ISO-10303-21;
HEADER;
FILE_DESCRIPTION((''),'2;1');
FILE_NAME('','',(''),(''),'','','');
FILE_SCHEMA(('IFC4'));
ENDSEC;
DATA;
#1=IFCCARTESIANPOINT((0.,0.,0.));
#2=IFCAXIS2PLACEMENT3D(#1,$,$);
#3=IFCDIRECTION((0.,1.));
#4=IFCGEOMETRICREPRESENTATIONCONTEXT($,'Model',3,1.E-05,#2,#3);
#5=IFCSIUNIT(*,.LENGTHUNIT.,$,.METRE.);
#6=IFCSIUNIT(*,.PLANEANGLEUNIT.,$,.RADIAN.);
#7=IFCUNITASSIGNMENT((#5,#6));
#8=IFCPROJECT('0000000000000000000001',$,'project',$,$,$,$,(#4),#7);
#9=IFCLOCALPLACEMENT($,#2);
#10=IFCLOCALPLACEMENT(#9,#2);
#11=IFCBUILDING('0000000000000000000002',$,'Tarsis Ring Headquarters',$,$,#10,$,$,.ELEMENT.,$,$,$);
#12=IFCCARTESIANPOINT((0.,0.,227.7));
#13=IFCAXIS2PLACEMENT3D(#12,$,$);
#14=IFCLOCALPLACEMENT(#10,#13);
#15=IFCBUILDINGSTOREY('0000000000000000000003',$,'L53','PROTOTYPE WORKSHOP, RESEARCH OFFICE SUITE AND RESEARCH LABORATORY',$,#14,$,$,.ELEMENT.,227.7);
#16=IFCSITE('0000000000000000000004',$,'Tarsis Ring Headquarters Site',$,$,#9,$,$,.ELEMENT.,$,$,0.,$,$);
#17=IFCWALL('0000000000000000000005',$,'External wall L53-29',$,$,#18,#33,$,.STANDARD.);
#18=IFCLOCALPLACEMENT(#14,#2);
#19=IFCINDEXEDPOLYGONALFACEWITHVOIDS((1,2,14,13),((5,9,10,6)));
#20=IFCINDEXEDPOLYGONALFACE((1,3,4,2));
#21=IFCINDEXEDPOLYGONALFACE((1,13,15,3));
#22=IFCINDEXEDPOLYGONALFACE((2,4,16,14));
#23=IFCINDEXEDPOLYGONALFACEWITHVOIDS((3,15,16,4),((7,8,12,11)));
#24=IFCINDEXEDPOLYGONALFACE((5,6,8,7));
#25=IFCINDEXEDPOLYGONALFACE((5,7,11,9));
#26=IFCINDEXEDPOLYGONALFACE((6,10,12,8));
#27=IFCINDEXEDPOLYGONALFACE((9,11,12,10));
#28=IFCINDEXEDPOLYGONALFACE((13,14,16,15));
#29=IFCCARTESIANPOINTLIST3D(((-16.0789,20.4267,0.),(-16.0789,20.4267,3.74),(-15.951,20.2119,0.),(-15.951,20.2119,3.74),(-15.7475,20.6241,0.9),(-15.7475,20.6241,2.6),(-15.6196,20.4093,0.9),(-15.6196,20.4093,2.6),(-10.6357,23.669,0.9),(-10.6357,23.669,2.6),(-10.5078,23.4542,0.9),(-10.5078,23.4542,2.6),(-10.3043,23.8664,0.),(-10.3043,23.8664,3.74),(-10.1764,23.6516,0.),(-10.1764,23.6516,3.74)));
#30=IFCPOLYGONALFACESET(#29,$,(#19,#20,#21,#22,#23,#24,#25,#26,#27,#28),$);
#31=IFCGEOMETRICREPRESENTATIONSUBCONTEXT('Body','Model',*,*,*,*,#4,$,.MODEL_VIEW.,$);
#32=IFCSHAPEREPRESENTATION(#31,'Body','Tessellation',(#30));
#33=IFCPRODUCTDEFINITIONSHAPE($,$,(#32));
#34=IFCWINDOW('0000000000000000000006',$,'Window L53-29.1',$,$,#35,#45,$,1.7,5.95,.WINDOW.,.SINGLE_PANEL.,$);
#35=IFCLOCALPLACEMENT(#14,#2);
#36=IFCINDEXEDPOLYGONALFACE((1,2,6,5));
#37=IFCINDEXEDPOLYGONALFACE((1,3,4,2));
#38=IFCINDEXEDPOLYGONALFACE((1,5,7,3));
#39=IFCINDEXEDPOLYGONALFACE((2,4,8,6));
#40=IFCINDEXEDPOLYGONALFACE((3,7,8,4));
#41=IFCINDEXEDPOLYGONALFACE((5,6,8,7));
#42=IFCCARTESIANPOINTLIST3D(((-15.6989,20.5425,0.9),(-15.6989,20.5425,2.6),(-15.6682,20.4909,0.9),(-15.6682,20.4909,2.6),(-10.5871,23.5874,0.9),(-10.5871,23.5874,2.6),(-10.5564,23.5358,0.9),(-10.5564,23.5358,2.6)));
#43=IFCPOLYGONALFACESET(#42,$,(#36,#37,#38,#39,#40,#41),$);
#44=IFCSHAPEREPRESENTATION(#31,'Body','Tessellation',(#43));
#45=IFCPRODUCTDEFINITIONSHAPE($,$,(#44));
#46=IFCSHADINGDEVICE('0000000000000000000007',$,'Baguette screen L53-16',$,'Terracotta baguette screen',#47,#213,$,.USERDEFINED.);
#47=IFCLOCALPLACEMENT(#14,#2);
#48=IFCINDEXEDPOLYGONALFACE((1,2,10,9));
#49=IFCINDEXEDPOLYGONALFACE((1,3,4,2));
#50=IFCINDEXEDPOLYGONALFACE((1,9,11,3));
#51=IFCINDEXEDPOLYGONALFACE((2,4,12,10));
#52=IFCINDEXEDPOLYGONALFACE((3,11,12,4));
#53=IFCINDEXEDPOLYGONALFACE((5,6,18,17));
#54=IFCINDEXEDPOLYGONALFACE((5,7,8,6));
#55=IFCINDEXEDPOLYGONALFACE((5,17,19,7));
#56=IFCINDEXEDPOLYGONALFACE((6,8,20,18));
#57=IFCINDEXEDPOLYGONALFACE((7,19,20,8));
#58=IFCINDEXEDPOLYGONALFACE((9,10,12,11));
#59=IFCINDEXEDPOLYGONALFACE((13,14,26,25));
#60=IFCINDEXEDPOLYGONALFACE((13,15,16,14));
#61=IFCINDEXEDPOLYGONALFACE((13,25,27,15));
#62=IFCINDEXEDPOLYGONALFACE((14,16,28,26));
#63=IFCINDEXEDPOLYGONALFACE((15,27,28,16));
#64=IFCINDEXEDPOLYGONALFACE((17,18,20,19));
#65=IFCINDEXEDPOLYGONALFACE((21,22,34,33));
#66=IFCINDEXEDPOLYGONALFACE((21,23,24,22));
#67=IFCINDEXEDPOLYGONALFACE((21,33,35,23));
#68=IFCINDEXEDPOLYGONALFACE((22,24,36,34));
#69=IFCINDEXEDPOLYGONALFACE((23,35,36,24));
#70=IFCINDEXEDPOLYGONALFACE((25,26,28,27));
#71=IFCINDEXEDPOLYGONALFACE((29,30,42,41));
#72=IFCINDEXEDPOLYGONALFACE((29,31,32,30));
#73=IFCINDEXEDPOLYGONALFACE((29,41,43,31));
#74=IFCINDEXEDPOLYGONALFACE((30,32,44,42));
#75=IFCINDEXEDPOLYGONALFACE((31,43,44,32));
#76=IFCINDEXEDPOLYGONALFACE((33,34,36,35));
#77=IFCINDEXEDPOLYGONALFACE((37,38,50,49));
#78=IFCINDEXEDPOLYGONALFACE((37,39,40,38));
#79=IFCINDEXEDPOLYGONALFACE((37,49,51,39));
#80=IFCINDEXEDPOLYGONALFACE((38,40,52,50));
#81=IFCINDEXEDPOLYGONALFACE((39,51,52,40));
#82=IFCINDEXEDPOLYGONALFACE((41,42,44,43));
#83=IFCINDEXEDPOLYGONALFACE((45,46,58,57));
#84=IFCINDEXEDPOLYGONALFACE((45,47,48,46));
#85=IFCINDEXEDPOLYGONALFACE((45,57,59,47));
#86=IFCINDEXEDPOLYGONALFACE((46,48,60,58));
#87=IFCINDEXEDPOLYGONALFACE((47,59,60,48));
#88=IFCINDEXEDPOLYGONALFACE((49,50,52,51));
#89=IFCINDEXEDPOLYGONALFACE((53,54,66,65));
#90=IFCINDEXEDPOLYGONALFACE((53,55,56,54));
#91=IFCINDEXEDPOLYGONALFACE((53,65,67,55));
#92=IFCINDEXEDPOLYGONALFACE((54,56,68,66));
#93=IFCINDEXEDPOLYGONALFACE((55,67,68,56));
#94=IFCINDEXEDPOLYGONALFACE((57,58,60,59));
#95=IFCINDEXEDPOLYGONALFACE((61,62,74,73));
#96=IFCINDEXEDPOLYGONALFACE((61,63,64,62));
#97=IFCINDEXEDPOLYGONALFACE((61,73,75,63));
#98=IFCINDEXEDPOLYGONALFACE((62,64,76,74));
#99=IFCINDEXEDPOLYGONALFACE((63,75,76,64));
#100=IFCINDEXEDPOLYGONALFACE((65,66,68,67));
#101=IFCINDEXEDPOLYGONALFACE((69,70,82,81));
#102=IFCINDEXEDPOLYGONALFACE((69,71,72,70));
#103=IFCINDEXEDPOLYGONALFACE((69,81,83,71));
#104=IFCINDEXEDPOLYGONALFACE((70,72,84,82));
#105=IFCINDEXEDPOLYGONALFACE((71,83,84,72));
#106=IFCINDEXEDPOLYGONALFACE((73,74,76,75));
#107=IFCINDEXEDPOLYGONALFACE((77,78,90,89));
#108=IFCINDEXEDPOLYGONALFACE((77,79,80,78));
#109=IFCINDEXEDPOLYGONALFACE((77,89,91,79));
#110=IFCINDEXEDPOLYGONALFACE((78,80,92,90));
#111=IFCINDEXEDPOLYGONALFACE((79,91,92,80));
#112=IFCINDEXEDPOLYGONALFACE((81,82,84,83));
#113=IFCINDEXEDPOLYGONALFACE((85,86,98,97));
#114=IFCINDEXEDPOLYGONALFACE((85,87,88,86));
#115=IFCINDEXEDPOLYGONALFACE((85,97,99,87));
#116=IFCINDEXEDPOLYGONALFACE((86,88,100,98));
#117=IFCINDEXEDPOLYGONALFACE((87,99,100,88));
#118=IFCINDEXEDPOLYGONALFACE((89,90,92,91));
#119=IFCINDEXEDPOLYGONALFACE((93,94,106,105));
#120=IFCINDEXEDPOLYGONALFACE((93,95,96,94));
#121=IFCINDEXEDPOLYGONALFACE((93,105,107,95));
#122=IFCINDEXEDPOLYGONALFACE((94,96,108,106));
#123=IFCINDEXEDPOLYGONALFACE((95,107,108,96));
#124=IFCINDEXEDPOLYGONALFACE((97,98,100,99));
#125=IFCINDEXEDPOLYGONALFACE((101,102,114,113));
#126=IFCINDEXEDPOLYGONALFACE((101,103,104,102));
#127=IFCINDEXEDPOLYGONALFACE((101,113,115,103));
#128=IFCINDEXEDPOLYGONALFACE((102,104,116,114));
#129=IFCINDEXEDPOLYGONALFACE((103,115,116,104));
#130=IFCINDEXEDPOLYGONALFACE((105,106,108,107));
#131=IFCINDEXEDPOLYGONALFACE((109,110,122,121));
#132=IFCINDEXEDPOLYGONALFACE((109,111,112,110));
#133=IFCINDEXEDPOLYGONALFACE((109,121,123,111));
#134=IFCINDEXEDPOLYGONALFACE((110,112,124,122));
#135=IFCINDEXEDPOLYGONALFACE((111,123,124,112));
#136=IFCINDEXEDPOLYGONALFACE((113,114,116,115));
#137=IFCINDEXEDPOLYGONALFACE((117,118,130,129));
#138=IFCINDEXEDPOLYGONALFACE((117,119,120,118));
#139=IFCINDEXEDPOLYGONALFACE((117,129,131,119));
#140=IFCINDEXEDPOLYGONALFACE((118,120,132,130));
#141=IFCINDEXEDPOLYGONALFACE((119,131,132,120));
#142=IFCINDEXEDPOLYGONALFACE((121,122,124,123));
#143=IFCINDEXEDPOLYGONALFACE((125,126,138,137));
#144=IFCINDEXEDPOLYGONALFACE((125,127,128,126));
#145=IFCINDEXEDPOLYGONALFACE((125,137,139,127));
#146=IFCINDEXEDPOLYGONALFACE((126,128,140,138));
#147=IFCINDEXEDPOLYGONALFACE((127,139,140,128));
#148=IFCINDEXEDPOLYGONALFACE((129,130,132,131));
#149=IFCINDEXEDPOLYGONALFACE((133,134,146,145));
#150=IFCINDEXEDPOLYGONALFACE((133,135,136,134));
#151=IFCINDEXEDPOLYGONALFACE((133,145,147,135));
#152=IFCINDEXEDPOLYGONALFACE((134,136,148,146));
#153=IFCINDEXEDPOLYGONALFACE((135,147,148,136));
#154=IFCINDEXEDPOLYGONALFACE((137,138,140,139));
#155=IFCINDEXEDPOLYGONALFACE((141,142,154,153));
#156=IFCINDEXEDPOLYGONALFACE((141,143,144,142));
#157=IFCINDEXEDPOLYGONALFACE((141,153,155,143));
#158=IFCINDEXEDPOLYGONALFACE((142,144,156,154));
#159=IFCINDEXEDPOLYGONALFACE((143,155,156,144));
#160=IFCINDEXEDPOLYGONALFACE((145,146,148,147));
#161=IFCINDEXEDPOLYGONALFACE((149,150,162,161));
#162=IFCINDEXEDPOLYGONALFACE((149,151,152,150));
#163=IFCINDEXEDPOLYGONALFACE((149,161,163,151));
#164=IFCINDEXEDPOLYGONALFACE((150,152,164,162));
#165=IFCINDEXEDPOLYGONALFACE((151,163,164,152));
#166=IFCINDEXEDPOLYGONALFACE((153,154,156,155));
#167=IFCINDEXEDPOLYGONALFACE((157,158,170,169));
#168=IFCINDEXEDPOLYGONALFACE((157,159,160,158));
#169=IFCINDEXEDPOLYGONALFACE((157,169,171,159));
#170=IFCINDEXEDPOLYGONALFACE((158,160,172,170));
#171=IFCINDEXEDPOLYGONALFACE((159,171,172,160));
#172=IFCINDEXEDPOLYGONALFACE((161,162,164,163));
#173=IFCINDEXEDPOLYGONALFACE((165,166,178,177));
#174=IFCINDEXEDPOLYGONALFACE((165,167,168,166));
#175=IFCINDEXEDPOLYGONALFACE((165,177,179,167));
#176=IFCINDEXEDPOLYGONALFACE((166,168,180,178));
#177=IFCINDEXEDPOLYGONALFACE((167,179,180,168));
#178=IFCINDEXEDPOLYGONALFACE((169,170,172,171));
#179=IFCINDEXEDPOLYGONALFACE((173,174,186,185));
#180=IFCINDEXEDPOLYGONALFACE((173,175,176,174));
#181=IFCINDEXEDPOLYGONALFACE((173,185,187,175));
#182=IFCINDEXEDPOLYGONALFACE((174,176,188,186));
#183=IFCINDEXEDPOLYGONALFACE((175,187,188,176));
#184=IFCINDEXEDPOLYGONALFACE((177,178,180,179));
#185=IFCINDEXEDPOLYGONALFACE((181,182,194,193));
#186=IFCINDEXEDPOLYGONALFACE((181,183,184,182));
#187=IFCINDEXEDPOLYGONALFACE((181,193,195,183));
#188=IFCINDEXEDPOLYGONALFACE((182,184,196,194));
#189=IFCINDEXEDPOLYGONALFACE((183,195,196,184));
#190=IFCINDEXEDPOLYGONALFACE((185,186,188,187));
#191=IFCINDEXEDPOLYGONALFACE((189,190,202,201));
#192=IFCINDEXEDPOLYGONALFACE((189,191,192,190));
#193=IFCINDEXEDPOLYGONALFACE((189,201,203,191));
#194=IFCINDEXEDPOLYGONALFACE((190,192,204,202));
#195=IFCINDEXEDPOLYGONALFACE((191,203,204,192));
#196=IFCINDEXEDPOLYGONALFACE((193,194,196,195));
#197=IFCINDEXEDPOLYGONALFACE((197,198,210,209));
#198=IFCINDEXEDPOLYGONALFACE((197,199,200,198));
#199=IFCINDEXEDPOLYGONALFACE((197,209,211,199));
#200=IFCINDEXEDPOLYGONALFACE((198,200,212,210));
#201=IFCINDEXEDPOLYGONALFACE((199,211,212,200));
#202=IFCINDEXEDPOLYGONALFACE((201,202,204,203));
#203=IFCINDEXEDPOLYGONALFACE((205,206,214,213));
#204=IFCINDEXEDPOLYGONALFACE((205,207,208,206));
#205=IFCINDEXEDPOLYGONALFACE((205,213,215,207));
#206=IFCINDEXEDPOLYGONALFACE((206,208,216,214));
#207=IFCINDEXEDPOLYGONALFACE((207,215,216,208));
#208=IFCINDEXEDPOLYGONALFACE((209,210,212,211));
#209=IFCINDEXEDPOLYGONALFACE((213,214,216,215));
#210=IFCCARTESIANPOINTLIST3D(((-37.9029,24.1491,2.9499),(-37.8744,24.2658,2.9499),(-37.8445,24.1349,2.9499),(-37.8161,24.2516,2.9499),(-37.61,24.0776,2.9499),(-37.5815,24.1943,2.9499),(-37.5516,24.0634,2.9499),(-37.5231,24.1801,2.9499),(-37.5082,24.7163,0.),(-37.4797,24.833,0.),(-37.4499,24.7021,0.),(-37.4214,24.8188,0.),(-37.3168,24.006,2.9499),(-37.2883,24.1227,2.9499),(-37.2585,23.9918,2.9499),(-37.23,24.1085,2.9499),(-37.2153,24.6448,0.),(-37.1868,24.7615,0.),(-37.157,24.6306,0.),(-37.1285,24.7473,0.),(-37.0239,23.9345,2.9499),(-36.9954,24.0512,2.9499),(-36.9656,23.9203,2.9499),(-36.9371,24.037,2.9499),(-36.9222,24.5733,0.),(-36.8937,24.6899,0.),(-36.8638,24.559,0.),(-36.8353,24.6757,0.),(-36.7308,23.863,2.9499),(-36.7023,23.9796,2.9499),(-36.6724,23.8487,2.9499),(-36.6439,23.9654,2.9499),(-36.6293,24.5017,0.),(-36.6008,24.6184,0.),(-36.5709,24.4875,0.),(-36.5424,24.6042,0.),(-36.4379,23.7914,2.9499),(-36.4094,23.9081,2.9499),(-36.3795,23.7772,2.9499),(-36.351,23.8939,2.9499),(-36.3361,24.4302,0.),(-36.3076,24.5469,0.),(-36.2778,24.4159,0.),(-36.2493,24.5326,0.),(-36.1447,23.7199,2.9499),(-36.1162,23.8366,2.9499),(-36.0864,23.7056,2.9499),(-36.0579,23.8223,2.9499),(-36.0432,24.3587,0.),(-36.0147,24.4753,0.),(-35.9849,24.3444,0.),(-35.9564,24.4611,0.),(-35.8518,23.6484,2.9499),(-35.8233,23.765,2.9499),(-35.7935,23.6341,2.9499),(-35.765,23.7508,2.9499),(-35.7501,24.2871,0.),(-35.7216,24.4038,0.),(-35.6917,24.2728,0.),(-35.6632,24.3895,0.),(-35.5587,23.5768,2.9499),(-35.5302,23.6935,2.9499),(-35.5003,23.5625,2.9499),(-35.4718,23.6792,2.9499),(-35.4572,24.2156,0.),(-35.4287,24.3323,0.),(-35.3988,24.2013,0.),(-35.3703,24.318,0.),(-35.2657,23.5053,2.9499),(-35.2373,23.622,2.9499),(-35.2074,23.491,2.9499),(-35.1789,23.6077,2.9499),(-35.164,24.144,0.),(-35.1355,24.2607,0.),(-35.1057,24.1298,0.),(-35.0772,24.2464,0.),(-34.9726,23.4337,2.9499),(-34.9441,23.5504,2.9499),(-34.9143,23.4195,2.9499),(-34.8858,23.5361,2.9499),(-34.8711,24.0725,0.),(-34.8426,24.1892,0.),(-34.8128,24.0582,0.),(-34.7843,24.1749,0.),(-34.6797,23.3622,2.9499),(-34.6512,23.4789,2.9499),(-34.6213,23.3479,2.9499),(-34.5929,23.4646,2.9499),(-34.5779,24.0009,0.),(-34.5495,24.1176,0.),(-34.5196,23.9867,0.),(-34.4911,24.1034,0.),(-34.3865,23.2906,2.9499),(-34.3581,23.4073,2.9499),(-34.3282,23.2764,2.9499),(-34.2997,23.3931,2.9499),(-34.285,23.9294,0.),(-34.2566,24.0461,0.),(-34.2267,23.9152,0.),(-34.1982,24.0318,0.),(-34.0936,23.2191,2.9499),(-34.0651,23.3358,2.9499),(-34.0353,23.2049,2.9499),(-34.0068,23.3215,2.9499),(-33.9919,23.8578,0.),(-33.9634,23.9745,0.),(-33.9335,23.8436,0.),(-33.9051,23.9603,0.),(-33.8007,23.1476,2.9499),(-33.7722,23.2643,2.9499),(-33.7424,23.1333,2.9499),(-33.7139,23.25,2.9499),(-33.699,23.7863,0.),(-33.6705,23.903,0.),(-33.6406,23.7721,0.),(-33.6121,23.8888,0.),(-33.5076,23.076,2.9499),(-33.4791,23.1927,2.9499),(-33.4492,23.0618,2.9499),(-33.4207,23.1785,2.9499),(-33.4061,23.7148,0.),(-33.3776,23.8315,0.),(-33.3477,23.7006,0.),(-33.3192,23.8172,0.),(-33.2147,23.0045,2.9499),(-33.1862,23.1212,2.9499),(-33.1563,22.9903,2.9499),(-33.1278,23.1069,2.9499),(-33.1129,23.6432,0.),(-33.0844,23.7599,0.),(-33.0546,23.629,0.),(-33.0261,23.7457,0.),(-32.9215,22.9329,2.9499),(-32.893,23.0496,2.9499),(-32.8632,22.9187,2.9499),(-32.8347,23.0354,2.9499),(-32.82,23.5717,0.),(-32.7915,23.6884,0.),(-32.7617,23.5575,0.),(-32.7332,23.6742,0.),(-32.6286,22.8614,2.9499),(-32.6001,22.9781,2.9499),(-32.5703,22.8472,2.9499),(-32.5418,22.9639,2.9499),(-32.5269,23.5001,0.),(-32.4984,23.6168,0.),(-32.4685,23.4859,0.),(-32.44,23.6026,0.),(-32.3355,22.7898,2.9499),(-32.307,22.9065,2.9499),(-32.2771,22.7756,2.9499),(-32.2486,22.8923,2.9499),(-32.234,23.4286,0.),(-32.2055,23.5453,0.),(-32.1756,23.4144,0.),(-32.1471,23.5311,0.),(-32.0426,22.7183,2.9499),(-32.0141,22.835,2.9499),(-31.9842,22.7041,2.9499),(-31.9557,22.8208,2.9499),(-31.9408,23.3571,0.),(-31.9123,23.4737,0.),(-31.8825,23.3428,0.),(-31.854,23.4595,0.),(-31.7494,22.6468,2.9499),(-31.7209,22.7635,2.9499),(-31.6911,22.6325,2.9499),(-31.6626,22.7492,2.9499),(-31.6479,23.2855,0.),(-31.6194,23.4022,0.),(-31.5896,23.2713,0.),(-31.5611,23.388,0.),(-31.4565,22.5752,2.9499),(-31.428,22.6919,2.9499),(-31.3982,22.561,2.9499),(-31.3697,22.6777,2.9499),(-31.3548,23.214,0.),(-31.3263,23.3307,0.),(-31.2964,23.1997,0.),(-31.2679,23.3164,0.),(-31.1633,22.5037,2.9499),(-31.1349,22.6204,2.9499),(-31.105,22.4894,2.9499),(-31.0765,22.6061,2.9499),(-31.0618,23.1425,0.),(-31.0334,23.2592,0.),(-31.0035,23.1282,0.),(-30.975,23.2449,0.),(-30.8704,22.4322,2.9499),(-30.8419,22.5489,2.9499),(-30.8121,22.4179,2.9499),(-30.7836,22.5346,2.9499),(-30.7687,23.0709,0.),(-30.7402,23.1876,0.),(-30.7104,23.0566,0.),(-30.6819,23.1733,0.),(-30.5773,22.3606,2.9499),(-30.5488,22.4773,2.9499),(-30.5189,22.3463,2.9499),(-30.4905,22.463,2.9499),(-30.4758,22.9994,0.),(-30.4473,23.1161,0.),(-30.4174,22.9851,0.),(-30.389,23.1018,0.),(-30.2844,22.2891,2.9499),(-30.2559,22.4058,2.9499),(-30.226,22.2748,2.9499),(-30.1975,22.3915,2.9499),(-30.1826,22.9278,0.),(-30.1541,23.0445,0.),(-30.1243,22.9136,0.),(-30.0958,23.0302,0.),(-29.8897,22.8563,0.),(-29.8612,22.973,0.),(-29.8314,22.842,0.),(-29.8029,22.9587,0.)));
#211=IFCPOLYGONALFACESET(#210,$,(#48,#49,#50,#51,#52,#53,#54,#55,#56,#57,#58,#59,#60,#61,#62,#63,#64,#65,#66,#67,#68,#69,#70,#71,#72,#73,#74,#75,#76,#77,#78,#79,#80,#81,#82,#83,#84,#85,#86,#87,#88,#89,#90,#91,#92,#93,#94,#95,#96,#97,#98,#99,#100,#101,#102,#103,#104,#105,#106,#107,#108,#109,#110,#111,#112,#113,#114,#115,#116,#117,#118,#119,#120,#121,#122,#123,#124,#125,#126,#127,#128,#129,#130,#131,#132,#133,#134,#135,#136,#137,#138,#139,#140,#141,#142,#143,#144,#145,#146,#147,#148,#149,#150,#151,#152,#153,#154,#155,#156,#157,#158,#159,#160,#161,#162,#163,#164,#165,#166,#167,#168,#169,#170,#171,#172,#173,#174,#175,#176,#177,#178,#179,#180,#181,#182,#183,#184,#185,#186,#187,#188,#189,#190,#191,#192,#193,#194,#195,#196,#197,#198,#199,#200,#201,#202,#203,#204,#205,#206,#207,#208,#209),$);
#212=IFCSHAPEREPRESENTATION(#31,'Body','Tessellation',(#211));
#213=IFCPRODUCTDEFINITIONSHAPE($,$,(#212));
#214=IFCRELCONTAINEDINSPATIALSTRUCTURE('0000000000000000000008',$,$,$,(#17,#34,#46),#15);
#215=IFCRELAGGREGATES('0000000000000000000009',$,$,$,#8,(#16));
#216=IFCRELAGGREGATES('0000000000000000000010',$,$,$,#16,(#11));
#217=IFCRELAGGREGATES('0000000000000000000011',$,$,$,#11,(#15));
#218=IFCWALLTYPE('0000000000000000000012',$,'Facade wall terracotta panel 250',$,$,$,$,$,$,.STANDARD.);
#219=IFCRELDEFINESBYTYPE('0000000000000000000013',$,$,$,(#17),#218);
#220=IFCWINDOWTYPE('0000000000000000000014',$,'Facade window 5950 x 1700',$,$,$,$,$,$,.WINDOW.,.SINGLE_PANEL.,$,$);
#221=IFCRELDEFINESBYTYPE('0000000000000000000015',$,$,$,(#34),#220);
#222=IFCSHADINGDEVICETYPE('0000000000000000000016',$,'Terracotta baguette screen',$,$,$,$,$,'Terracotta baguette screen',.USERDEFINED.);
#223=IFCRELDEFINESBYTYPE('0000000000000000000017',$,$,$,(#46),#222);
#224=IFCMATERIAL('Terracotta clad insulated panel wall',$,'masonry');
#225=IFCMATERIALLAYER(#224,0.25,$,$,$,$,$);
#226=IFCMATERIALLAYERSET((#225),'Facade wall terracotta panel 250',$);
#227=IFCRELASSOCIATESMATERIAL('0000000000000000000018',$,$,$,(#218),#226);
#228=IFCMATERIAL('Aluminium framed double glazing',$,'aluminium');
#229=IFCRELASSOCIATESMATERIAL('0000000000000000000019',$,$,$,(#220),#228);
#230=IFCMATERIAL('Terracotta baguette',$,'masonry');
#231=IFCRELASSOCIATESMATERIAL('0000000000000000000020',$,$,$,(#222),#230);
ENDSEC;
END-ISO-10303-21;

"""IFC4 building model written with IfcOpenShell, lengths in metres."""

from ifc_helpers import new_model, si_unit, direction, frame, frame_2d, origin, place, context, subcontext, project, spatial, rectangle, composite_profile, extrude, material, layer, layer_set, type_object, element, fill, save


model = new_model("IFC4")

# Units and contexts
model_context = context("Model", 3, precision=1e-05, world=origin(), true_north=direction((0.0, 1.0)))
body_context = subcontext(model_context, "Body", "Model", "MODEL_VIEW")
ifc_project = project(units=[si_unit("LENGTHUNIT", "METRE"), si_unit("PLANEANGLEUNIT", "RADIAN")], contexts=[model_context])

# Site, building, storey
site_placement = place(None, origin())
site = spatial("IfcSite", under=ifc_project, at=site_placement, Name="Tarsis Ring Headquarters Site", CompositionType="ELEMENT", RefElevation=0.0)
building_placement = place(site_placement, origin())
building = spatial("IfcBuilding", under=site, at=building_placement, Name="Tarsis Ring Headquarters", CompositionType="ELEMENT")
storey_placement = place(building_placement, frame((0.0, 0.0, 227.7)))
storey = spatial("IfcBuildingStorey", under=building, at=storey_placement, Name="L53", Description="PROTOTYPE WORKSHOP, RESEARCH OFFICE SUITE AND RESEARCH LABORATORY", CompositionType="ELEMENT", Elevation=227.7)

# Wall, opening, window
ifc_material_1 = material(Name="Terracotta clad insulated panel wall", Category="masonry")
ifc_layer_1 = layer(ifc_material_1, 0.25)
ifc_layer_set_1 = layer_set([ifc_layer_1], Name="Facade wall terracotta panel 250")
wall_type_1 = type_object("IfcWallType", Name="Facade wall terracotta panel 250", PredefinedType="STANDARD", material=ifc_layer_set_1)
wall_1_placement = place(storey_placement, frame((-10.2402, 23.759, 0.0), z_axis=(0.0, 0.0, 1.0), x_axis=(-0.859136, -0.511748, 0.0)))
wall_1 = element("IfcWall", 1, at=wall_1_placement, inside=storey, type_object=wall_type_1, Name="External wall L53-29", PredefinedType="STANDARD", context=body_context, shape_type="SweptSolid", body=[
    extrude(rectangle(XDim=6.7214, YDim=0.25, at=frame_2d((3.3608, 0.0))), origin(), (0.0, 0.0, 1.0), 3.74),
])
opening_placement = place(wall_1_placement, frame((0.3857, 0.0, 0.8999)))
opening = element("IfcOpeningElement", 2, at=opening_placement, cuts=wall_1, PredefinedType="OPENING", context=body_context, shape_type="SweptSolid", body=[
    extrude(rectangle(XDim=5.95, YDim=1.7, at=frame_2d((2.9751, 0.8501))), frame((0.0, 0.135, 0.0), z_axis=(0.0, -1.0, 0.0), x_axis=(1.0, 0.0, 0.0)), (0.0, 0.0, 1.0), 0.27),
])
ifc_material_2 = material(Name="Aluminium framed double glazing", Category="aluminium")
window_type = type_object("IfcWindowType", Name="Facade window 5950 x 1700", PartitioningType="SINGLE_PANEL", PredefinedType="WINDOW", material=ifc_material_2)
window_placement = place(opening_placement, origin())
window = element("IfcWindow", 3, at=window_placement, inside=storey, type_object=window_type, Name="Window L53-29.1", OverallHeight=1.7, OverallWidth=5.95, PartitioningType="SINGLE_PANEL", PredefinedType="WINDOW", context=body_context, shape_type="SweptSolid", body=[
    extrude(rectangle(XDim=5.95, YDim=1.7, at=frame_2d((2.9751, 0.8501))), frame((0.0, 0.03, 0.0), z_axis=(0.0, -1.0, 0.0), x_axis=(1.0, 0.0, 0.0)), (0.0, 0.0, 1.0), 0.0601),
])
fill(opening, window)

# Shading device
ifc_material_3 = material(Name="Terracotta baguette", Category="masonry")
shading_device_type = type_object("IfcShadingDeviceType", Name="Terracotta baguette screen", ElementType="Terracotta baguette screen", PredefinedType="USERDEFINED", material=ifc_material_3)
shading_device_1_placement = place(storey_placement, frame((-29.8171, 22.9004, 0.0), z_axis=(0.0, 0.0, 1.0), x_axis=(-0.971453, 0.237179, 0.0)))
element("IfcShadingDevice", 4, at=shading_device_1_placement, inside=storey, type_object=shading_device_type, Name="Baguette screen L53-16", ObjectType="Terracotta baguette screen", PredefinedType="USERDEFINED", context=body_context, shape_type="SweptSolid", body=[
    extrude(composite_profile([rectangle(XDim=0.0601, YDim=0.1201, at=frame_2d((0.03, 0.0))), rectangle(XDim=0.0601, YDim=0.1201, at=frame_2d((0.3315, 0.0))), rectangle(XDim=0.0601, YDim=0.1201, at=frame_2d((0.6333, 0.0))), rectangle(XDim=0.0601, YDim=0.1201, at=frame_2d((0.9348, 0.0))), rectangle(XDim=0.0601, YDim=0.1201, at=frame_2d((1.2366, 0.0))), rectangle(XDim=0.0601, YDim=0.1201, at=frame_2d((1.5381, 0.0))), rectangle(XDim=0.0601, YDim=0.1201, at=frame_2d((1.8398, 0.0))), rectangle(XDim=0.0601, YDim=0.1201, at=frame_2d((2.1414, 0.0))), rectangle(XDim=0.0601, YDim=0.1201, at=frame_2d((2.4431, 0.0))), rectangle(XDim=0.0601, YDim=0.1201, at=frame_2d((2.7446, 0.0))), rectangle(XDim=0.0601, YDim=0.1201, at=frame_2d((3.0464, 0.0))), rectangle(XDim=0.0601, YDim=0.1201, at=frame_2d((3.3479, 0.0))), rectangle(XDim=0.0601, YDim=0.1201, at=frame_2d((3.6497, 0.0))), rectangle(XDim=0.0601, YDim=0.1201, at=frame_2d((3.9512, 0.0))), rectangle(XDim=0.0601, YDim=0.1201, at=frame_2d((4.2527, 0.0))), rectangle(XDim=0.0601, YDim=0.1201, at=frame_2d((4.5544, 0.0))), rectangle(XDim=0.0601, YDim=0.1201, at=frame_2d((4.856, 0.0))), rectangle(XDim=0.0601, YDim=0.1201, at=frame_2d((5.1577, 0.0))), rectangle(XDim=0.0601, YDim=0.1201, at=frame_2d((5.4592, 0.0))), rectangle(XDim=0.0601, YDim=0.1201, at=frame_2d((5.761, 0.0))), rectangle(XDim=0.0601, YDim=0.1201, at=frame_2d((6.0625, 0.0))), rectangle(XDim=0.0601, YDim=0.1201, at=frame_2d((6.3643, 0.0))), rectangle(XDim=0.0601, YDim=0.1201, at=frame_2d((6.6658, 0.0))), rectangle(XDim=0.0601, YDim=0.1201, at=frame_2d((6.9675, 0.0))), rectangle(XDim=0.0601, YDim=0.1201, at=frame_2d((7.269, 0.0))), rectangle(XDim=0.0601, YDim=0.1201, at=frame_2d((7.5708, 0.0))), rectangle(XDim=0.0601, YDim=0.1201, at=frame_2d((7.8723, 0.0)))]), origin(), (0.082137, 0.212765, 0.973645), 3.0298),
])

save(model, "model.ifc")
